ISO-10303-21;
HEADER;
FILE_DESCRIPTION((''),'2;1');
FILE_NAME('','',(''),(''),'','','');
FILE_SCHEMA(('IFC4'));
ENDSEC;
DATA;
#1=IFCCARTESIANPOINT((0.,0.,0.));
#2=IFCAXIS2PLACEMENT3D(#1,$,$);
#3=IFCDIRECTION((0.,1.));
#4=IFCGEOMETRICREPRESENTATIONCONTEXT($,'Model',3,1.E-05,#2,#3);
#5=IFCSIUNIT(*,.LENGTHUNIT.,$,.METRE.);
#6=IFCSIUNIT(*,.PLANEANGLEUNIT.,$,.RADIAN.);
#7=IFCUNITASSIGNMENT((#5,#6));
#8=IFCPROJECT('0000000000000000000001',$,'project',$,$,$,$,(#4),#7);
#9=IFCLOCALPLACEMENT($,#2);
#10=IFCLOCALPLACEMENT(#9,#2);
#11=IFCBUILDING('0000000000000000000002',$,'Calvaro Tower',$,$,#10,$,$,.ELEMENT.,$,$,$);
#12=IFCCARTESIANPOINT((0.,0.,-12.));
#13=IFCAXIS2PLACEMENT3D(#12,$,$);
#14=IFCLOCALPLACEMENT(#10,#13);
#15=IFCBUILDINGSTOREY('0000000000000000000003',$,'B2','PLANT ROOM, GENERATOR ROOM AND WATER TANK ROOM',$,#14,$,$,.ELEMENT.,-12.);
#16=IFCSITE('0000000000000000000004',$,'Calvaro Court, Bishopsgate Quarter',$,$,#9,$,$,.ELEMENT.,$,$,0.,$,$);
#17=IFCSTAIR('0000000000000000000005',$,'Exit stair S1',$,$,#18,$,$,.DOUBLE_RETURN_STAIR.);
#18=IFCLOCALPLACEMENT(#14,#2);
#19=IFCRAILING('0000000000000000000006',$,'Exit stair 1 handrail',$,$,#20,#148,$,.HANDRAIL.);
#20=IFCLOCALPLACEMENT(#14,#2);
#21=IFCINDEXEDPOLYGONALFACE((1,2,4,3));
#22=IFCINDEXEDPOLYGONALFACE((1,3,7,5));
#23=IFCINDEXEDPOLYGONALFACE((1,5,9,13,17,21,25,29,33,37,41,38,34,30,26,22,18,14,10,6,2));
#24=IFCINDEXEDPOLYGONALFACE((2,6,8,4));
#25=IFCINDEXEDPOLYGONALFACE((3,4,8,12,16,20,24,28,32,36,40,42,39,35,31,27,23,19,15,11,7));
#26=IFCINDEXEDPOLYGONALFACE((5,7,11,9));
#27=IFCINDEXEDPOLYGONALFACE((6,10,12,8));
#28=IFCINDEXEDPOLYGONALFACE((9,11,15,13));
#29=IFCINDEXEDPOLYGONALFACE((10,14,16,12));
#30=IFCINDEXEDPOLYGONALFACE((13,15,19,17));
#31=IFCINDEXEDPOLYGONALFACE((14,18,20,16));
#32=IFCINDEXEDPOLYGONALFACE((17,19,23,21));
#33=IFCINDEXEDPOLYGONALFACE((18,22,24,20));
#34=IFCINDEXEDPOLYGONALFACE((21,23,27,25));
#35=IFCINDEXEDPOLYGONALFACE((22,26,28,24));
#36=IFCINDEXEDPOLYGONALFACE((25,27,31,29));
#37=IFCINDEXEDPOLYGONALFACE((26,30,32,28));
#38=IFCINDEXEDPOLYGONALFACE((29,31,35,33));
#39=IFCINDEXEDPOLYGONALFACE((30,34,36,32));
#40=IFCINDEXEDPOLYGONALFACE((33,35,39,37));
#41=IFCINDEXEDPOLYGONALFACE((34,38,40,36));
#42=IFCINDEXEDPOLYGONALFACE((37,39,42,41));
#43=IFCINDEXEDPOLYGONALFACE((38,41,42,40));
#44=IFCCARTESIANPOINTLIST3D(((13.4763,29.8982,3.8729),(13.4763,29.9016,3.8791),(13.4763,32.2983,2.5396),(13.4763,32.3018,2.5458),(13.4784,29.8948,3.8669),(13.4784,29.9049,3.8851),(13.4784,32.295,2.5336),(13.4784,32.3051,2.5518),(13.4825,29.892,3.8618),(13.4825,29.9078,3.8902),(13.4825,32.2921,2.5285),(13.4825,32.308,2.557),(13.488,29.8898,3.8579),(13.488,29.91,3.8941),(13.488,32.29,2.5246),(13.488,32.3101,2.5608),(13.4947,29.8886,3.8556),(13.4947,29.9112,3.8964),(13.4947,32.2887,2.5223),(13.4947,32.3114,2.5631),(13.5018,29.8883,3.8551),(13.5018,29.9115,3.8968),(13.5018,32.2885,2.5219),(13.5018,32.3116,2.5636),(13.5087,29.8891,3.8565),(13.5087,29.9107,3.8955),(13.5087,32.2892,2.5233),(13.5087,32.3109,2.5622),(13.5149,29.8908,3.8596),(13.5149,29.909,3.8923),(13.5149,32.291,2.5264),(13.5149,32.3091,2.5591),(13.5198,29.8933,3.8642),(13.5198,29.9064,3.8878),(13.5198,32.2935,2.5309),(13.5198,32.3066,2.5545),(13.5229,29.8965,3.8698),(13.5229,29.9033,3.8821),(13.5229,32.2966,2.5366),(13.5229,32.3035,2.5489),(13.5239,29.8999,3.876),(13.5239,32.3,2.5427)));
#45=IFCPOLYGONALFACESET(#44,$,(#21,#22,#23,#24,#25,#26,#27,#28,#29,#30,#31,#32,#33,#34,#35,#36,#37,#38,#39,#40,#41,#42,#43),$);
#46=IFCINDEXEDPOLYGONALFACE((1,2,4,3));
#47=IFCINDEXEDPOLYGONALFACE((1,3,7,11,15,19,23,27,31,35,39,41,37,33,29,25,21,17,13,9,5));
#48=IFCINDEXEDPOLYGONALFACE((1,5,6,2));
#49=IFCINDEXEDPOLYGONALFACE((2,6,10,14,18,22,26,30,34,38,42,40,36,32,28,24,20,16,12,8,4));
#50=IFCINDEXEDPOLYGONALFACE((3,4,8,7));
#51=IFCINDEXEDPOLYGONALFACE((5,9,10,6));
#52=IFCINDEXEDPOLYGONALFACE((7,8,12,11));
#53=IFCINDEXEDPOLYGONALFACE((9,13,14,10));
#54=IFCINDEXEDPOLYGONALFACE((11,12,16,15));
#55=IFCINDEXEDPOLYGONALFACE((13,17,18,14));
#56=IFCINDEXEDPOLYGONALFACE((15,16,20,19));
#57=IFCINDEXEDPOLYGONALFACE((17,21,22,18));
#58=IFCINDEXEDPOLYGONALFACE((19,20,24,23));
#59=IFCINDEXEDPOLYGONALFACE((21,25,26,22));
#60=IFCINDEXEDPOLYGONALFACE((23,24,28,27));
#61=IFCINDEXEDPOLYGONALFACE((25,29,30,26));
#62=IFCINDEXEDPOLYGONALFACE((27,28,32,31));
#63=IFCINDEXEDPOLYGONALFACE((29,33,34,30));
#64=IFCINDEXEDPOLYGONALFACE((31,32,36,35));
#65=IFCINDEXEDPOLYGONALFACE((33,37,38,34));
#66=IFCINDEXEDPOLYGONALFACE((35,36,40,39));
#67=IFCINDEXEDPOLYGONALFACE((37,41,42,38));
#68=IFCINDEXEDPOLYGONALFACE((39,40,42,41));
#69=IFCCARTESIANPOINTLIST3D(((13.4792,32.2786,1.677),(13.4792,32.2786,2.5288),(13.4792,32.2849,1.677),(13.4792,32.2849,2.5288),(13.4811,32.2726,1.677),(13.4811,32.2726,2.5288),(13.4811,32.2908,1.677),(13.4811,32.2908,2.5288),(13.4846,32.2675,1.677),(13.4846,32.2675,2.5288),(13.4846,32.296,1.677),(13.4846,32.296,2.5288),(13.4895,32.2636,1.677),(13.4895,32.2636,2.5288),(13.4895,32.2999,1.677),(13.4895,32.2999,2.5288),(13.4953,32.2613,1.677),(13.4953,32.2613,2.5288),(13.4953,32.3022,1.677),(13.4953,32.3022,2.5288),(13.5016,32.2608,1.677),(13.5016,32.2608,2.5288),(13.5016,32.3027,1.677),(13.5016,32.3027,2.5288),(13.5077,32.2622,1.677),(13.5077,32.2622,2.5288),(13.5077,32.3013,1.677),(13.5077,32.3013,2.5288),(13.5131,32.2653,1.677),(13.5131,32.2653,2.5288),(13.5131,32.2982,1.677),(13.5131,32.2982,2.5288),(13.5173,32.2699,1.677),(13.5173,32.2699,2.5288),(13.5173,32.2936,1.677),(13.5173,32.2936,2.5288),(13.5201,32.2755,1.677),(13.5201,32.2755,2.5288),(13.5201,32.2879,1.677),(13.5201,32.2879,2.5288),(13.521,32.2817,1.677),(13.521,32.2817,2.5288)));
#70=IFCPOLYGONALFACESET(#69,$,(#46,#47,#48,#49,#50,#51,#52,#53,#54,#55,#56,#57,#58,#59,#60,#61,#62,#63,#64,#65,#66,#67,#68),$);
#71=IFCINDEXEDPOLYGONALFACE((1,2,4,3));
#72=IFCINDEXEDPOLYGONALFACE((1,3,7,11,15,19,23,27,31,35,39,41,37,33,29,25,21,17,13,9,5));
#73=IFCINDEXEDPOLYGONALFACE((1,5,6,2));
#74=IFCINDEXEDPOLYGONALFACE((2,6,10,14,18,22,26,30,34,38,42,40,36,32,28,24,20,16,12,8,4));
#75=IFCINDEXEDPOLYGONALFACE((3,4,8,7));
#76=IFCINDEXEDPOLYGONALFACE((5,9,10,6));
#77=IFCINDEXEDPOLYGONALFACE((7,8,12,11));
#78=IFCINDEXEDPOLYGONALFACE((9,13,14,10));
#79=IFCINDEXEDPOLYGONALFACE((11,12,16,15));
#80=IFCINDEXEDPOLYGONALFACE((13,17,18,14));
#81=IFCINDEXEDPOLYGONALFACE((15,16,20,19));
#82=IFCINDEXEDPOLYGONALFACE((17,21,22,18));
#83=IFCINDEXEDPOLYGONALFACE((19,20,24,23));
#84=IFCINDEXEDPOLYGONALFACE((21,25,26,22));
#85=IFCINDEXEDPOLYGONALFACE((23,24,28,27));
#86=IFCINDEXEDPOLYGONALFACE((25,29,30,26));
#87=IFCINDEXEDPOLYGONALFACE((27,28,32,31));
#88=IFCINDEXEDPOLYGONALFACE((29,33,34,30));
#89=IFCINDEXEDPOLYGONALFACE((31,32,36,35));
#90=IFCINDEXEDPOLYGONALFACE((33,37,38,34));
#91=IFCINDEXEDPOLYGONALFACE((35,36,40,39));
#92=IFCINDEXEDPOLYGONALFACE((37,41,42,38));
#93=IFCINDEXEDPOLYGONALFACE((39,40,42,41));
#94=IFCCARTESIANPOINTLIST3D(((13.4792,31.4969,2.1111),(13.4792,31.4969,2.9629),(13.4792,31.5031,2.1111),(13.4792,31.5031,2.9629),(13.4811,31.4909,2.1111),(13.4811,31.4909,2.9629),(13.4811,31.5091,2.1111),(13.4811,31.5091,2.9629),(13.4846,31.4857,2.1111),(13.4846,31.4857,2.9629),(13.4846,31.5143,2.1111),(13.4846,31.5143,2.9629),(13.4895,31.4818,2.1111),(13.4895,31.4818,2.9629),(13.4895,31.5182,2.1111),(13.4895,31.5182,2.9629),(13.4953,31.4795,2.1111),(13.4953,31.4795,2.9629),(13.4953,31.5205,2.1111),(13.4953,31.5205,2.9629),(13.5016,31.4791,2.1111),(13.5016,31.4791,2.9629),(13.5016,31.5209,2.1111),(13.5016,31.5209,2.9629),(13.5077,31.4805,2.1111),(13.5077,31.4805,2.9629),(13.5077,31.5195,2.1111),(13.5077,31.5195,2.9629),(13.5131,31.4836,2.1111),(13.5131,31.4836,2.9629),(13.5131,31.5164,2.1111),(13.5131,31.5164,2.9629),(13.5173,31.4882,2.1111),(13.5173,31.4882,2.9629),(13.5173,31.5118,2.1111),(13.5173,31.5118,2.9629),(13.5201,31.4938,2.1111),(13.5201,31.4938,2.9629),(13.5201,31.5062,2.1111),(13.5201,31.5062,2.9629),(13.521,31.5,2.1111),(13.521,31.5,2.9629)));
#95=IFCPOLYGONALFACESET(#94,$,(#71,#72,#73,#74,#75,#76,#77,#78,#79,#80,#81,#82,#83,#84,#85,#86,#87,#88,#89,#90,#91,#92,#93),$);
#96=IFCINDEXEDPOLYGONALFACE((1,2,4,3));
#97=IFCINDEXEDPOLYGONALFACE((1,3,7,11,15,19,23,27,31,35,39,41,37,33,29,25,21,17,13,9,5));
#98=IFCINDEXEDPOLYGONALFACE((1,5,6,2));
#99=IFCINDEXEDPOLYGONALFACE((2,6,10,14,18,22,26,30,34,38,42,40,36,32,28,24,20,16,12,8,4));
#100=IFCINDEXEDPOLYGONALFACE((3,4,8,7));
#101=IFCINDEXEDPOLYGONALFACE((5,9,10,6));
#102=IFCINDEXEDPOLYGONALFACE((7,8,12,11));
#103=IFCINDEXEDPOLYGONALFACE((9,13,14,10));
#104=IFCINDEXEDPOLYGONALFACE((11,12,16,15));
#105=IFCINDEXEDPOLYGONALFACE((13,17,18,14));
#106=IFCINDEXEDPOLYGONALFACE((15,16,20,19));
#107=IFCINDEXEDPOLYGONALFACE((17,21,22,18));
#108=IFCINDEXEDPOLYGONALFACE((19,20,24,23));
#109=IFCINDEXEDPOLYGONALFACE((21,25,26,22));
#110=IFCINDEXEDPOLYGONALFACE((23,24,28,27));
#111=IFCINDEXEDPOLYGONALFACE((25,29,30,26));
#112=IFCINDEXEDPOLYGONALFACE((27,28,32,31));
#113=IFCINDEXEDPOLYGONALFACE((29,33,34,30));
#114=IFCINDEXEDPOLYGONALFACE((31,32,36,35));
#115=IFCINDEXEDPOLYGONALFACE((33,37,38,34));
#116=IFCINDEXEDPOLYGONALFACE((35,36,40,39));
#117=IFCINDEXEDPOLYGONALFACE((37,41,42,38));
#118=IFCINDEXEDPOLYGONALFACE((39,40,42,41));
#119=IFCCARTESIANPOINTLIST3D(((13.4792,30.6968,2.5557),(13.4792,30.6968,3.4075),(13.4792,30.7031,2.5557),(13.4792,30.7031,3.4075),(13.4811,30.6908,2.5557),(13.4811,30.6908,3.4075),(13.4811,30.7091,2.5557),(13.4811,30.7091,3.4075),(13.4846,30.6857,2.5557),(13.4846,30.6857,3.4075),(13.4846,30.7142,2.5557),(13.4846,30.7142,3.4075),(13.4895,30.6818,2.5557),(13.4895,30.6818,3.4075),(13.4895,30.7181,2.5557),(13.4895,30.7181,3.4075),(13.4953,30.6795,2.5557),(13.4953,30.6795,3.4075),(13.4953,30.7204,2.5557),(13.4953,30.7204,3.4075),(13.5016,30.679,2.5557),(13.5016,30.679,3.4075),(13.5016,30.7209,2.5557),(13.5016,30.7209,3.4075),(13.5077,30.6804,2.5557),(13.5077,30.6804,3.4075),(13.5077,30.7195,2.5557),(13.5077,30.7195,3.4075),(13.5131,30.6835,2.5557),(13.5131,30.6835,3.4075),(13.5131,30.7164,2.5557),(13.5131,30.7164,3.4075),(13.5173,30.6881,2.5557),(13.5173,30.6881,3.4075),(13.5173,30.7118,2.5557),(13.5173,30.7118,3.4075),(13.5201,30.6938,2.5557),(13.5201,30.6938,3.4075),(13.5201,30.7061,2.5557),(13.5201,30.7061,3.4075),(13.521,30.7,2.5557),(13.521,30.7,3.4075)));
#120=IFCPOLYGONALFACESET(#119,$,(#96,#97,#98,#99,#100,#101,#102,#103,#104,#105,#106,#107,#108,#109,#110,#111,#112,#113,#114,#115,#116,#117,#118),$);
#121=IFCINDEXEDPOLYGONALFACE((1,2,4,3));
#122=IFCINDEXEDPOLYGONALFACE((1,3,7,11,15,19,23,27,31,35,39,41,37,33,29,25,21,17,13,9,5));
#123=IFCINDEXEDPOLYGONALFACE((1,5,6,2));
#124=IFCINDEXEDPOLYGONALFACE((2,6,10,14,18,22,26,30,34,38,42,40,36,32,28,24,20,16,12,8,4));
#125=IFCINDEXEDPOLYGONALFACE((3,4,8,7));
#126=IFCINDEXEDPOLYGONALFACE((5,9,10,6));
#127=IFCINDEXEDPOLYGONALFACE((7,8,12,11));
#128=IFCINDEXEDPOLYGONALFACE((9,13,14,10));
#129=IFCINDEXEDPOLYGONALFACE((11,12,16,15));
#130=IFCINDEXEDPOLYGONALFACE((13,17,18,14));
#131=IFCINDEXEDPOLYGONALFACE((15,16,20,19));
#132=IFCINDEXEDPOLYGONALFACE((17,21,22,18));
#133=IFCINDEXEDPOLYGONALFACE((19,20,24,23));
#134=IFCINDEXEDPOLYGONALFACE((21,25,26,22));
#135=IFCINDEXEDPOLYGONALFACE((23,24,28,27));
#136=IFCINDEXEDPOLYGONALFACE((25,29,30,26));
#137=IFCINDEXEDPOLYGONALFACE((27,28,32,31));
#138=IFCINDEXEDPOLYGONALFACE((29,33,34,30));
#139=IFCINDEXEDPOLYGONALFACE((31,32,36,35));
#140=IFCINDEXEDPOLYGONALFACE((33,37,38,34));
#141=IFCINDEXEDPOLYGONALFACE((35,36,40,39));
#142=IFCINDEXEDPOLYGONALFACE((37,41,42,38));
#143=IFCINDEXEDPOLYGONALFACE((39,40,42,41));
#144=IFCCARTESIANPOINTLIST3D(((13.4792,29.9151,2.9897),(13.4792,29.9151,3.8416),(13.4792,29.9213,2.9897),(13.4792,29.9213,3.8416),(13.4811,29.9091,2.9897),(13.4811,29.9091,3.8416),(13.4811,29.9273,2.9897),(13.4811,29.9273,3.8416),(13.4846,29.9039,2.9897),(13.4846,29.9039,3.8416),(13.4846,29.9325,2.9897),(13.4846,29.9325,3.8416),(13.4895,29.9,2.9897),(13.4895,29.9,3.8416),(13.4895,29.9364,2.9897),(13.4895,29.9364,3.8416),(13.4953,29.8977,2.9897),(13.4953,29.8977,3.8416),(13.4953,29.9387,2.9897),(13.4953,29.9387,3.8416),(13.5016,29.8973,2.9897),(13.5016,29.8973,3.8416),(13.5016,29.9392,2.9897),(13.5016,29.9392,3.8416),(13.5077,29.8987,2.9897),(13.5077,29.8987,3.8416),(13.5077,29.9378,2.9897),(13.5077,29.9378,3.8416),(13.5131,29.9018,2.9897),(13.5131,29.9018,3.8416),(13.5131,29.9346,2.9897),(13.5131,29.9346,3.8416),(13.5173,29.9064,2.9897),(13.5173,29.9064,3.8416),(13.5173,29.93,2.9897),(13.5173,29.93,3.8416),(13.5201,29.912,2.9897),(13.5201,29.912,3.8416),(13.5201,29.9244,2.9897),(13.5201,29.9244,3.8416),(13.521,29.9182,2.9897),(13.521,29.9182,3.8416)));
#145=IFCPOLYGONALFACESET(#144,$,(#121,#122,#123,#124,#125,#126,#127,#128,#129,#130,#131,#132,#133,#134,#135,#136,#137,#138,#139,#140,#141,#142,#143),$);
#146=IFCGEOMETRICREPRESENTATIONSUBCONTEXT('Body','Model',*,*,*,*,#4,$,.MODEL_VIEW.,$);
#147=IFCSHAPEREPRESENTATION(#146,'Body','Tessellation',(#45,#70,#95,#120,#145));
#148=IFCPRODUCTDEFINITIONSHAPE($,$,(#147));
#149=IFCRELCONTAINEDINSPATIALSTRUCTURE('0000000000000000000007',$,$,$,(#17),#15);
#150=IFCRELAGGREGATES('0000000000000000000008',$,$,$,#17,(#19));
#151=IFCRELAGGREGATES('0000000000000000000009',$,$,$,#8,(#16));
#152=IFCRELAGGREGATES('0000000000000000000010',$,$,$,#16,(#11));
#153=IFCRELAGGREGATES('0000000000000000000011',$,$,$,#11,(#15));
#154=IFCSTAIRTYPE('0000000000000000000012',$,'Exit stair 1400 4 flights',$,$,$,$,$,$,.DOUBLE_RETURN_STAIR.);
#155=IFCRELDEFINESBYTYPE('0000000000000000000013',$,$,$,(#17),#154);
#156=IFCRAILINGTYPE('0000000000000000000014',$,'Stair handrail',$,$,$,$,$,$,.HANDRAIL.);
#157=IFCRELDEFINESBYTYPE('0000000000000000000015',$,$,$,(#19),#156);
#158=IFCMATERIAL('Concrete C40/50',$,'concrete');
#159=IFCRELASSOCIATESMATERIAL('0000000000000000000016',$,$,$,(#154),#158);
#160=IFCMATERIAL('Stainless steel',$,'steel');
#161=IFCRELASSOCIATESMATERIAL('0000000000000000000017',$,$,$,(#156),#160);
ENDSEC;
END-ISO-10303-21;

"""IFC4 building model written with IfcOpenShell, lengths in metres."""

from ifc_helpers import new_model, si_unit, direction, frame, origin, origin_2d, place, context, subcontext, project, spatial, circle, extrude, material, type_object, element, aggregate, save


model = new_model("IFC4")

# Units and contexts
model_context = context("Model", 3, precision=1e-05, world=origin(), true_north=direction((0.0, 1.0)))
body_context = subcontext(model_context, "Body", "Model", "MODEL_VIEW")
ifc_project = project(units=[si_unit("LENGTHUNIT", "METRE"), si_unit("PLANEANGLEUNIT", "RADIAN")], contexts=[model_context])

# Site, building, storey
site_placement = place(None, origin())
site = spatial("IfcSite", under=ifc_project, at=site_placement, Name="Calvaro Court, Bishopsgate Quarter", CompositionType="ELEMENT", RefElevation=0.0)
building_placement = place(site_placement, origin())
building = spatial("IfcBuilding", under=site, at=building_placement, Name="Calvaro Tower", CompositionType="ELEMENT")
storey_placement = place(building_placement, frame((0.0, 0.0, -12.0)))
storey = spatial("IfcBuildingStorey", under=building, at=storey_placement, Name="B2", Description="PLANT ROOM, GENERATOR ROOM AND WATER TANK ROOM", CompositionType="ELEMENT", Elevation=-12.0)

# Stair, railing
ifc_material_1 = material(Name="Concrete C40/50", Category="concrete")
stair_type = type_object("IfcStairType", Name="Exit stair 1400 4 flights", PredefinedType="DOUBLE_RETURN_STAIR", material=ifc_material_1)
stair_placement = place(storey_placement, origin())
stair = element("IfcStair", 1, at=stair_placement, inside=storey, type_object=stair_type, Name="Exit stair S1", PredefinedType="DOUBLE_RETURN_STAIR")
ifc_material_2 = material(Name="Stainless steel", Category="steel")
railing_type = type_object("IfcRailingType", Name="Stair handrail", PredefinedType="HANDRAIL", material=ifc_material_2)
railing_1_placement = place(storey_placement, frame((13.5, 32.3, 1.6667)))
railing_1 = element("IfcRailing", 2, at=railing_1_placement, type_object=railing_type, Name="Exit stair 1 handrail", PredefinedType="HANDRAIL", context=body_context, shape_type="SweptSolid", body=[
    extrude(circle(Radius=0.0239, at=origin_2d()), frame((0.0, 0.0, 0.876), z_axis=(0.0, -0.874182, 0.485598), x_axis=(1.0, 0.0, 0.0)), (0.0, 0.0, 1.0), 2.7456),
    extrude(circle(Radius=0.021, at=origin_2d()), frame((0.0, -0.0183, 0.0103)), (0.0, 0.0, 1.0), 0.8518),
    extrude(circle(Radius=0.021, at=origin_2d()), frame((0.0, -0.8, 0.4443)), (0.0, 0.0, 1.0), 0.8518),
    extrude(circle(Radius=0.021, at=origin_2d()), frame((0.0, -1.6001, 0.8889)), (0.0, 0.0, 1.0), 0.8518),
    extrude(circle(Radius=0.021, at=origin_2d()), frame((0.0, -2.3818, 1.323)), (0.0, 0.0, 1.0), 0.8518),
])
aggregate(stair, [railing_1])

save(model, "model.ifc")
